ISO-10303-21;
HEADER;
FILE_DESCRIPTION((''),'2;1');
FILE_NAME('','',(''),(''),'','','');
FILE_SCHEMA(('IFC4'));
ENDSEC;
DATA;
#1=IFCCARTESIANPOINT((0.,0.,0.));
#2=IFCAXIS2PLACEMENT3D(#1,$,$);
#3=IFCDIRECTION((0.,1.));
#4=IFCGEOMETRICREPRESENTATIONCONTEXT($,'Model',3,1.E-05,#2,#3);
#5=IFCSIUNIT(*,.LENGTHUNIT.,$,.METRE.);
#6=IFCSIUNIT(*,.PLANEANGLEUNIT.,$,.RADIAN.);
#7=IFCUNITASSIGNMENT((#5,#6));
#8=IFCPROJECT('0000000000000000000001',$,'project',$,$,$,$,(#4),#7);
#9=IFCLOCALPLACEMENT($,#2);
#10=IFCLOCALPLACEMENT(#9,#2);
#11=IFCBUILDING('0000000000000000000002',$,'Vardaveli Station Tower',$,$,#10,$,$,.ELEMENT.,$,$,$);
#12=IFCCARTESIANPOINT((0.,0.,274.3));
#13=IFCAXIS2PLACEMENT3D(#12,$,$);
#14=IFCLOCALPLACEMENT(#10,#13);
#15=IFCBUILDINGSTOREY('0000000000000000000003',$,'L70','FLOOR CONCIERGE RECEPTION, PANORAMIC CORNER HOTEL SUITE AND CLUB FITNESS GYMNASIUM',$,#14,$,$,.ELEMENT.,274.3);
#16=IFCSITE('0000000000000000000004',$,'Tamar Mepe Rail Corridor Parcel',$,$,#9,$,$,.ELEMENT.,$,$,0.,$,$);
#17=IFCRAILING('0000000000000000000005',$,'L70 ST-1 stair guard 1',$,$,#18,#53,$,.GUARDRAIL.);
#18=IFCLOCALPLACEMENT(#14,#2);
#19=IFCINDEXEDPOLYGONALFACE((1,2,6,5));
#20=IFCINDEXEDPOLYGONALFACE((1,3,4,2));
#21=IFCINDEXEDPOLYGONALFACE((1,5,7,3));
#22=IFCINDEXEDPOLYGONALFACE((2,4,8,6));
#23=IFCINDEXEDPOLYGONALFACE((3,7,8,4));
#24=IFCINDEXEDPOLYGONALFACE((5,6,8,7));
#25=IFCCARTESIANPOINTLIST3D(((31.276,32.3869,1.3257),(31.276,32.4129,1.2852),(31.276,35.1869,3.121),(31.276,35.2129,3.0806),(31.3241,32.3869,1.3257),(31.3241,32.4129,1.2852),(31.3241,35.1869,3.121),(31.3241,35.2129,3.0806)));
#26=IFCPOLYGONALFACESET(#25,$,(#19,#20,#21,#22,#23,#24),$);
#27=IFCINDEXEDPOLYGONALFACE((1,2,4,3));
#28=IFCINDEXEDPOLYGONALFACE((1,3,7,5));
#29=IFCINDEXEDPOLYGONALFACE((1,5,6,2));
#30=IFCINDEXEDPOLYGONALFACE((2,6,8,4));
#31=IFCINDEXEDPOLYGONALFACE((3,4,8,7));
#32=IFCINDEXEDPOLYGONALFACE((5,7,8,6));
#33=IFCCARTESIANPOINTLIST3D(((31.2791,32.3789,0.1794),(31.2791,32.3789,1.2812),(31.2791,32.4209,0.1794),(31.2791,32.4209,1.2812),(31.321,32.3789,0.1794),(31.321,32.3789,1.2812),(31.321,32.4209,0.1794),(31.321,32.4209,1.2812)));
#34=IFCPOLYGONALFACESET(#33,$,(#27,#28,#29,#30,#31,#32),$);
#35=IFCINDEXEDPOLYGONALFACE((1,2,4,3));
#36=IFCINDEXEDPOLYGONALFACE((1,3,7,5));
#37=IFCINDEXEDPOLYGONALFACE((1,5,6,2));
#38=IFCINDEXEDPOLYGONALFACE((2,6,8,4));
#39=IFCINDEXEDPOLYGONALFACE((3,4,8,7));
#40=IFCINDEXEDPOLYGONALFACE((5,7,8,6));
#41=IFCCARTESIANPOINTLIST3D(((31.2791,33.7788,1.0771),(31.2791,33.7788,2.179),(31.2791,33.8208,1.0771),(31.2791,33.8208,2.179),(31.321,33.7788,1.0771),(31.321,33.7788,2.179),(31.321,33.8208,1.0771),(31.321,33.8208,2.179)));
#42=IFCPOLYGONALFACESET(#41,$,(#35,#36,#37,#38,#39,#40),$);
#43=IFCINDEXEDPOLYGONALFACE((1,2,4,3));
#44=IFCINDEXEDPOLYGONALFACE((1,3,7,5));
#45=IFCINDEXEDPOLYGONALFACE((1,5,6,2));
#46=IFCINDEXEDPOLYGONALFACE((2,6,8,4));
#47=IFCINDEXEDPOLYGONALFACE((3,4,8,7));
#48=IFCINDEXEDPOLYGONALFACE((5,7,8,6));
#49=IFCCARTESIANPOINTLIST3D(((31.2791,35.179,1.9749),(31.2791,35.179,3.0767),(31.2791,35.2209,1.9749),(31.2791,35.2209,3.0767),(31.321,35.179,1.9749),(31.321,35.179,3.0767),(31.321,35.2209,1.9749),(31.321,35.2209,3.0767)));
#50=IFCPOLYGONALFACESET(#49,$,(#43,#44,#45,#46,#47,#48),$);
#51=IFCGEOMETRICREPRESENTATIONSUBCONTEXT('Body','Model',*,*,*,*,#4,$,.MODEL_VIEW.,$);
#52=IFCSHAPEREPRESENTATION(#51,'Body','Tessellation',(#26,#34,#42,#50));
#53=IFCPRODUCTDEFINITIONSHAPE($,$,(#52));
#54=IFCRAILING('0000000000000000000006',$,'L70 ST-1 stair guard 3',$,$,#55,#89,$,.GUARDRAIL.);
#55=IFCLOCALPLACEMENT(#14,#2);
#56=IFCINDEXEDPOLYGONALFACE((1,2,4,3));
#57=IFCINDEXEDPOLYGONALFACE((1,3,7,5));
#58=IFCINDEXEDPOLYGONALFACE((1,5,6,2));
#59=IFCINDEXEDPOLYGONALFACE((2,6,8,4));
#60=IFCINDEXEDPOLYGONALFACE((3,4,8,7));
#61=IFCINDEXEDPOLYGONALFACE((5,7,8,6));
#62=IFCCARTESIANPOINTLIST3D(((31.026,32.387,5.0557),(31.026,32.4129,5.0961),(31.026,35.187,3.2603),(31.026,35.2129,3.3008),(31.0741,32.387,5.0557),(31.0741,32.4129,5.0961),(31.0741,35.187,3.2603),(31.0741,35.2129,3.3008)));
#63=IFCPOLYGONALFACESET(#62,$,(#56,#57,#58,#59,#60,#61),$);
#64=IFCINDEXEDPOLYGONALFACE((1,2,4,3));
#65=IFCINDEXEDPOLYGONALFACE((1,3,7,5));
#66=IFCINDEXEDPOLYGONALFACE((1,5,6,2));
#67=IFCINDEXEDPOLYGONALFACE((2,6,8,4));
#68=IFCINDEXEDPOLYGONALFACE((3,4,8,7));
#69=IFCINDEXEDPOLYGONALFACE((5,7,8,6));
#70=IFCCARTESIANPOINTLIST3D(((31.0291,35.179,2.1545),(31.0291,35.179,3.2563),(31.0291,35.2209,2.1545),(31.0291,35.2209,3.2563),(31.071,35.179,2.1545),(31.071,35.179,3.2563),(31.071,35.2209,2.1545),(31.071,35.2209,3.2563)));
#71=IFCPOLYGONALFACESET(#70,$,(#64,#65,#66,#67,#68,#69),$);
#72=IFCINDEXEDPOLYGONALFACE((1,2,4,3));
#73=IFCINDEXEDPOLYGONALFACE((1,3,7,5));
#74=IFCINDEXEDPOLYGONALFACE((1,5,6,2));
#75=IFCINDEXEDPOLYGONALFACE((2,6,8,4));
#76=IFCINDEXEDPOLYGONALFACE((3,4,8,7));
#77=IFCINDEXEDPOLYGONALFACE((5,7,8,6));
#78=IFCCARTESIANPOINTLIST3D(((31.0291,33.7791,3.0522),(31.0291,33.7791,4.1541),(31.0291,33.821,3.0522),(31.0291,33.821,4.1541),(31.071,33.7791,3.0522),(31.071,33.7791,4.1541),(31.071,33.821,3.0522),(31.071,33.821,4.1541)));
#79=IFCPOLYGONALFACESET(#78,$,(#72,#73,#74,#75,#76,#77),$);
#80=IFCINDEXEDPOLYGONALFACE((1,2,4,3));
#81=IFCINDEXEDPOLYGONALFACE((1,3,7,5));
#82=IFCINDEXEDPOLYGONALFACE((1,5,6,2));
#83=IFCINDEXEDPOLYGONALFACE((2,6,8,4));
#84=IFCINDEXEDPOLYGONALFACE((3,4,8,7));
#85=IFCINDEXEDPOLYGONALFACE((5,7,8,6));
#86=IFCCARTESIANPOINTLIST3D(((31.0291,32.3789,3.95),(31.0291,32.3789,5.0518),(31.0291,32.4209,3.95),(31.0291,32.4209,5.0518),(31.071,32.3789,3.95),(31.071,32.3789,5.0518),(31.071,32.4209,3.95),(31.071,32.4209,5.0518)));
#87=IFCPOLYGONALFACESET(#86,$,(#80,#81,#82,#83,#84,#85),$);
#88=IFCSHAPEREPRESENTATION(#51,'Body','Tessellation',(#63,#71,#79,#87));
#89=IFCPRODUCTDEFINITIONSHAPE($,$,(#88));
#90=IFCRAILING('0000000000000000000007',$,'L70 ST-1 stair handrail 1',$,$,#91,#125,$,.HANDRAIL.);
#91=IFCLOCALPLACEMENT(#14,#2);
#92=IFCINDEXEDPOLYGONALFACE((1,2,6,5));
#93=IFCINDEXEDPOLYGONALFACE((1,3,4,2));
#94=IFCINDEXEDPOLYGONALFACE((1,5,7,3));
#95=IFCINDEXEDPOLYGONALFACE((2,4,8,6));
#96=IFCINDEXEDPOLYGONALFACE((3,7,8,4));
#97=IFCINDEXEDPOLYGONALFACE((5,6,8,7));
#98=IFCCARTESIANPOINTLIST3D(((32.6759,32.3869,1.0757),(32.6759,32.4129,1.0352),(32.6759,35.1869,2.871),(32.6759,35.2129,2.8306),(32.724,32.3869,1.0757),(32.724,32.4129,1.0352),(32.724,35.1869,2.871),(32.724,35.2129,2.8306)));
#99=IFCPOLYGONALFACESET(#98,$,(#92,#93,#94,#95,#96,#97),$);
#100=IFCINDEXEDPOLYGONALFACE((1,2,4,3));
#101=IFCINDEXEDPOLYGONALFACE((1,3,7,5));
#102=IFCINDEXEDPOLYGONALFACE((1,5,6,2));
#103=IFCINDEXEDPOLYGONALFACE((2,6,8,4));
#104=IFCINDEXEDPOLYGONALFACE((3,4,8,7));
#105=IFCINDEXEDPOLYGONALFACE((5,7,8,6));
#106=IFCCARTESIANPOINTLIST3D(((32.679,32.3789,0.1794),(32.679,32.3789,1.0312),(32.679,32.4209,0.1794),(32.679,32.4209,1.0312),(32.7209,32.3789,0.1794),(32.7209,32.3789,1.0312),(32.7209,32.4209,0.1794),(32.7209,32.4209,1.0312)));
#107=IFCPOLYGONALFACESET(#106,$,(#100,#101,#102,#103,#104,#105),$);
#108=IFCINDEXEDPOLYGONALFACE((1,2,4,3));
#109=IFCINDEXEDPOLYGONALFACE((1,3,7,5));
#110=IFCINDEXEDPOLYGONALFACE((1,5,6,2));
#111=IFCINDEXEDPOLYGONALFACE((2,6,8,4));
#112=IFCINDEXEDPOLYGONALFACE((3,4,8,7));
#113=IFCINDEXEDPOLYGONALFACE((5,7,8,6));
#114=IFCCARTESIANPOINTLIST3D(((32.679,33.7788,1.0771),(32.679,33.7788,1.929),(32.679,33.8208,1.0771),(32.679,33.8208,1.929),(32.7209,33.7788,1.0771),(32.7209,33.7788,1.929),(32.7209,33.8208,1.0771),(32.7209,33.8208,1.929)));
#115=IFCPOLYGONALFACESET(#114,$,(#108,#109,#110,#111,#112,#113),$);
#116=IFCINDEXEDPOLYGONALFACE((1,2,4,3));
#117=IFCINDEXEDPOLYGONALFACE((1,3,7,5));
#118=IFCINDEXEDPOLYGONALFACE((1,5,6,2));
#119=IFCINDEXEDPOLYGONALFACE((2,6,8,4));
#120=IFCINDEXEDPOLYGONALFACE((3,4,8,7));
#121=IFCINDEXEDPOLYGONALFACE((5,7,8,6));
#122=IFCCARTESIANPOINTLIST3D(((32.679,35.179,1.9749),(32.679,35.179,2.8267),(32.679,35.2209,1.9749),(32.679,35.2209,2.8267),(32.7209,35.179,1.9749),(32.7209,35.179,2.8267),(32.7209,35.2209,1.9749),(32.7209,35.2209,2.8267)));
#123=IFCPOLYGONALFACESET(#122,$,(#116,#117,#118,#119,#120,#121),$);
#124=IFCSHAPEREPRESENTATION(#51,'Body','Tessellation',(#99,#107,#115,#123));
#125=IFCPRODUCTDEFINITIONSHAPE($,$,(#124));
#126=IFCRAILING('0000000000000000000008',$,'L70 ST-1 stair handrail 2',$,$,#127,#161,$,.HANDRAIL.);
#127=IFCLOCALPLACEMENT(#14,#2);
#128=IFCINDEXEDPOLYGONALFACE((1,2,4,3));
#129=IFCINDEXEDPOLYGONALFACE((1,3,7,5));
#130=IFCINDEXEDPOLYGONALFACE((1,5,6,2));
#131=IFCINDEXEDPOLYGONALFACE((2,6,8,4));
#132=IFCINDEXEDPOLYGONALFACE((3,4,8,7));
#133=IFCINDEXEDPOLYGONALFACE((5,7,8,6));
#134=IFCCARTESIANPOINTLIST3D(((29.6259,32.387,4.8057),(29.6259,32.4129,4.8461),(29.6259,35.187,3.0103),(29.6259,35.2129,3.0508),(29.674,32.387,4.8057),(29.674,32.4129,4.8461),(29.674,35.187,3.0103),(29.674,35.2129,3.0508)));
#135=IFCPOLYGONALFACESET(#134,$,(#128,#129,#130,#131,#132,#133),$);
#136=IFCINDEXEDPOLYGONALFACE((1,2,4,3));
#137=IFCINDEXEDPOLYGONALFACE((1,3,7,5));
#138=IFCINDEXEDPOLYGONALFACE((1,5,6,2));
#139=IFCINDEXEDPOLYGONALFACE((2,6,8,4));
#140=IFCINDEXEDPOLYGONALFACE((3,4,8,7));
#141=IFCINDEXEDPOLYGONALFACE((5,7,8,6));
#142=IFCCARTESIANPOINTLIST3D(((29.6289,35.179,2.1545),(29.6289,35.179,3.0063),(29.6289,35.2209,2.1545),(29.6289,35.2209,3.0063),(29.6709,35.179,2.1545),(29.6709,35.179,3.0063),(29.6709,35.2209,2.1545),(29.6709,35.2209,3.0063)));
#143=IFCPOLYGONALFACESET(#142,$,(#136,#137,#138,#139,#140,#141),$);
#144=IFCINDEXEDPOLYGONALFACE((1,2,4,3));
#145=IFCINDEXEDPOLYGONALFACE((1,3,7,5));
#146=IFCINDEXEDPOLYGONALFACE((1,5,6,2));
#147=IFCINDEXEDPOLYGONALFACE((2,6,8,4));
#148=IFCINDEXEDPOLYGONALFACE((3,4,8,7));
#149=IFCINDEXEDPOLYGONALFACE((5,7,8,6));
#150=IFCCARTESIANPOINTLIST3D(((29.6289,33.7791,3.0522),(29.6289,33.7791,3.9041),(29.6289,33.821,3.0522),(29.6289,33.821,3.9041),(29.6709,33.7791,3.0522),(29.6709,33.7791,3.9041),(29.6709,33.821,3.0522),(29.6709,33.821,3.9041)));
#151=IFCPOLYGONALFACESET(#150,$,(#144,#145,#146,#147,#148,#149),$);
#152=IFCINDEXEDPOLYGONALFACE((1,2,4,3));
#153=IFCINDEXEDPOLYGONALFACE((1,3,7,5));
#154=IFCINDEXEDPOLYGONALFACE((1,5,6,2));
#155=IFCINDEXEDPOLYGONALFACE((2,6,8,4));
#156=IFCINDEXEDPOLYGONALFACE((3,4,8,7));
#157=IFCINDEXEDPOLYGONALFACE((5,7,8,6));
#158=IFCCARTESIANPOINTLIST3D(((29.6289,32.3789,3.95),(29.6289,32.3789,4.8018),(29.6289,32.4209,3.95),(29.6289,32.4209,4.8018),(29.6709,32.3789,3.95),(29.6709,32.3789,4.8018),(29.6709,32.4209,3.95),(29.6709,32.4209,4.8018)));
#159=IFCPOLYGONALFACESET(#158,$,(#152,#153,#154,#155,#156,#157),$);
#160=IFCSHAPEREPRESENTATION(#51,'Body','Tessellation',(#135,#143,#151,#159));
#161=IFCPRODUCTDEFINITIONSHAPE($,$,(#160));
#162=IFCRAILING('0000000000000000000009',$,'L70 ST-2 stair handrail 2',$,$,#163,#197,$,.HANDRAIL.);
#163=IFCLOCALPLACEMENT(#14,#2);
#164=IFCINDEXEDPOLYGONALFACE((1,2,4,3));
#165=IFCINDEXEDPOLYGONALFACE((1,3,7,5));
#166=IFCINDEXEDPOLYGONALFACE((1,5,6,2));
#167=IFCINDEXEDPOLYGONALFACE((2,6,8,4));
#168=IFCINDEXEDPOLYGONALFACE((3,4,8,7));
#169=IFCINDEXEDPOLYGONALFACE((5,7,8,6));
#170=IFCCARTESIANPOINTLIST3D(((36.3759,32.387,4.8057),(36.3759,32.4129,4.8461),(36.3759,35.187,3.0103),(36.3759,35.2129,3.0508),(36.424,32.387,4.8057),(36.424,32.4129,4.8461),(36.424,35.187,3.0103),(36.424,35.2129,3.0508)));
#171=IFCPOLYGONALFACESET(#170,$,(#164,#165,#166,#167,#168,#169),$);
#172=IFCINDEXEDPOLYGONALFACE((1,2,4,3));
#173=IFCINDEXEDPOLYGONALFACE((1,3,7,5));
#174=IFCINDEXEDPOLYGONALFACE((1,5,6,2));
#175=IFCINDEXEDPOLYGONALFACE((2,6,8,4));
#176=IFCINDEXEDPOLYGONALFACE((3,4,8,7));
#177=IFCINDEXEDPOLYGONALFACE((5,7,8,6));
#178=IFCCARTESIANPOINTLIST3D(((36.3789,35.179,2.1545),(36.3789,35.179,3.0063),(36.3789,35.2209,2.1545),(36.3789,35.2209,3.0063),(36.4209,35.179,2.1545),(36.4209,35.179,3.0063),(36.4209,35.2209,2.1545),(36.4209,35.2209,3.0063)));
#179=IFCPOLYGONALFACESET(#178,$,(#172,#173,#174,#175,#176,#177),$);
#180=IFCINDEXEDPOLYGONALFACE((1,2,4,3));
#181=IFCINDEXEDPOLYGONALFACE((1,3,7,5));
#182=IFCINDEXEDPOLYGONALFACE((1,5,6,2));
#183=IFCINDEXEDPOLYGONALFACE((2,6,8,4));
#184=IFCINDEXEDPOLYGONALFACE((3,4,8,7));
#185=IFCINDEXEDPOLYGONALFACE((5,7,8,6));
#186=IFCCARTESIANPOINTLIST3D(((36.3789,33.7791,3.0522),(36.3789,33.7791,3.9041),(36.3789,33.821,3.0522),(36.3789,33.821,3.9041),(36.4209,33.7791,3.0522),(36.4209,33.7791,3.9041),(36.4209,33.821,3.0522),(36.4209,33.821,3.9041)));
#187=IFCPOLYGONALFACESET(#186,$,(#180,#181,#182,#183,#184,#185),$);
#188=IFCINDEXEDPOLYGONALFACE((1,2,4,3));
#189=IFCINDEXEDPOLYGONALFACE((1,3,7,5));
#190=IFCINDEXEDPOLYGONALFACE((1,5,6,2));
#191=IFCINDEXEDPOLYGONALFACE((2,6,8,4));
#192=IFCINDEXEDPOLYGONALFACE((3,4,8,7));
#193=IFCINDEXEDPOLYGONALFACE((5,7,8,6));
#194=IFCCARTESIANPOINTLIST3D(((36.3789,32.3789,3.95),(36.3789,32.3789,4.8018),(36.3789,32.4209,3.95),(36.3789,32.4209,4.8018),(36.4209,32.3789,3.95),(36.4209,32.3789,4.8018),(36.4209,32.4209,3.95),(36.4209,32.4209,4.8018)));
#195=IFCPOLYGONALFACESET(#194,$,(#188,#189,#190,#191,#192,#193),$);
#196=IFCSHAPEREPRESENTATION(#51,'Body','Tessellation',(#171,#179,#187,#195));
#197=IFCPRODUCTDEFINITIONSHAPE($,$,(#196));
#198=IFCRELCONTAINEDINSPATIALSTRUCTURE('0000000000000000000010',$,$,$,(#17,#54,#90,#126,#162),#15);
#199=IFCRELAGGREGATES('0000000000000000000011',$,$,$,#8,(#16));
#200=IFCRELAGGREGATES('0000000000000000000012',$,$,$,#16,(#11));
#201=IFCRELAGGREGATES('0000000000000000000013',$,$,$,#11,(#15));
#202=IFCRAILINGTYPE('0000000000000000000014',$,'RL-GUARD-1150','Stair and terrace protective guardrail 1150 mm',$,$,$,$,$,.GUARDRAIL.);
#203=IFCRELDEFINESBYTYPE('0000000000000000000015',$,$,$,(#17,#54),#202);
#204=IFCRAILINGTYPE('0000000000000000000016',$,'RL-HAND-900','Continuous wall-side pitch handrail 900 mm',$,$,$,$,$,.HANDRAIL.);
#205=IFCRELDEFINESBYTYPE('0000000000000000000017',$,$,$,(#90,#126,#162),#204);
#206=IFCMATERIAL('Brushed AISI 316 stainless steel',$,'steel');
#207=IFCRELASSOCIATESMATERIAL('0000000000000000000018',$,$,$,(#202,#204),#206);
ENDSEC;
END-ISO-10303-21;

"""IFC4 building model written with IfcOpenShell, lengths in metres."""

from ifc_helpers import new_model, si_unit, direction, frame, origin, origin_2d, place, context, subcontext, project, spatial, rectangle, extrude, source, transform, mapped, material, type_object, element, save


model = new_model("IFC4")

# Units and contexts
model_context = context("Model", 3, precision=1e-05, world=origin(), true_north=direction((0.0, 1.0)))
body_context = subcontext(model_context, "Body", "Model", "MODEL_VIEW")
ifc_project = project(units=[si_unit("LENGTHUNIT", "METRE"), si_unit("PLANEANGLEUNIT", "RADIAN")], contexts=[model_context])

# Site, building, storey
site_placement = place(None, origin())
site = spatial("IfcSite", under=ifc_project, at=site_placement, Name="Tamar Mepe Rail Corridor Parcel", CompositionType="ELEMENT", RefElevation=0.0)
building_placement = place(site_placement, origin())
building = spatial("IfcBuilding", under=site, at=building_placement, Name="Vardaveli Station Tower", CompositionType="ELEMENT")
storey_placement = place(building_placement, frame((0.0, 0.0, 274.3)))
storey = spatial("IfcBuildingStorey", under=building, at=storey_placement, Name="L70", Description="FLOOR CONCIERGE RECEPTION, PANORAMIC CORNER HOTEL SUITE AND CLUB FITNESS GYMNASIUM", CompositionType="ELEMENT", Elevation=274.3)

# Railings
ifc_material_1 = material(Name="Brushed AISI 316 stainless steel", Category="steel")
railing_type_1 = type_object("IfcRailingType", Name="RL-GUARD-1150", Description="Stair and terrace protective guardrail 1150 mm", PredefinedType="GUARDRAIL", material=ifc_material_1)
shared_shape_1 = source(origin(), body_context, "Body", "SweptSolid", [
    extrude(rectangle(XDim=0.0481, YDim=0.0481, at=origin_2d()), frame((0.0, 0.0, 1.126), z_axis=(0.0, 0.84181, 0.539774), x_axis=(-1.0, 0.0, 0.0)), (0.0, 0.0, 1.0), 3.3262),
    extrude(rectangle(XDim=0.042, YDim=0.042, at=origin_2d()), origin(), (0.0, 0.0, 1.0), 1.1018),
    extrude(rectangle(XDim=0.042, YDim=0.042, at=origin_2d()), frame((0.0, 1.3999, 0.8977)), (0.0, 0.0, 1.0), 1.1018),
    extrude(rectangle(XDim=0.042, YDim=0.042, at=origin_2d()), frame((0.0, 2.8, 1.7954)), (0.0, 0.0, 1.0), 1.1018),
])
railing_1_placement = place(storey_placement, frame((31.3, 32.3999, 0.1794)))
element("IfcRailing", 1, at=railing_1_placement, inside=storey, type_object=railing_type_1, Name="L70 ST-1 stair guard 1", PredefinedType="GUARDRAIL", context=body_context, shape_type="MappedRepresentation", body=[
    mapped(shared_shape_1, transform((0.0, 0.0, 0.0), scale=1.0)),
])
shared_shape_2 = source(origin(), body_context, "Body", "SweptSolid", [
    extrude(rectangle(XDim=0.0481, YDim=0.0481, at=origin_2d()), frame((0.0, 0.0, 1.126), z_axis=(0.0, -0.84181, 0.539774), x_axis=(1.0, 0.0, 0.0)), (0.0, 0.0, 1.0), 3.3262),
    extrude(rectangle(XDim=0.042, YDim=0.042, at=origin_2d()), origin(), (0.0, 0.0, 1.0), 1.1018),
    extrude(rectangle(XDim=0.042, YDim=0.042, at=origin_2d()), frame((0.0, -1.3999, 0.8977)), (0.0, 0.0, 1.0), 1.1018),
    extrude(rectangle(XDim=0.042, YDim=0.042, at=origin_2d()), frame((0.0, -2.8, 1.7954)), (0.0, 0.0, 1.0), 1.1018),
])
railing_2_placement = place(storey_placement, frame((31.05, 35.2, 2.1545)))
element("IfcRailing", 2, at=railing_2_placement, inside=storey, type_object=railing_type_1, Name="L70 ST-1 stair guard 3", PredefinedType="GUARDRAIL", context=body_context, shape_type="MappedRepresentation", body=[
    mapped(shared_shape_2, transform((0.0, 0.0, 0.0), scale=1.0)),
])
railing_type_2 = type_object("IfcRailingType", Name="RL-HAND-900", Description="Continuous wall-side pitch handrail 900 mm", PredefinedType="HANDRAIL", material=ifc_material_1)
shared_shape_3 = source(origin(), body_context, "Body", "SweptSolid", [
    extrude(rectangle(XDim=0.0481, YDim=0.0481, at=origin_2d()), frame((0.0, 0.0, 0.876), z_axis=(0.0, 0.84181, 0.539774), x_axis=(-1.0, 0.0, 0.0)), (0.0, 0.0, 1.0), 3.3262),
    extrude(rectangle(XDim=0.042, YDim=0.042, at=origin_2d()), origin(), (0.0, 0.0, 1.0), 0.8518),
    extrude(rectangle(XDim=0.042, YDim=0.042, at=origin_2d()), frame((0.0, 1.3999, 0.8977)), (0.0, 0.0, 1.0), 0.8518),
    extrude(rectangle(XDim=0.042, YDim=0.042, at=origin_2d()), frame((0.0, 2.8, 1.7954)), (0.0, 0.0, 1.0), 0.8518),
])
railing_3_placement = place(storey_placement, frame((32.7, 32.3999, 0.1794)))
element("IfcRailing", 3, at=railing_3_placement, inside=storey, type_object=railing_type_2, Name="L70 ST-1 stair handrail 1", PredefinedType="HANDRAIL", context=body_context, shape_type="MappedRepresentation", body=[
    mapped(shared_shape_3, transform((0.0, 0.0, 0.0), scale=1.0)),
])
shared_shape_4 = source(origin(), body_context, "Body", "SweptSolid", [
    extrude(rectangle(XDim=0.0481, YDim=0.0481, at=origin_2d()), frame((0.0, 0.0, 0.876), z_axis=(0.0, -0.84181, 0.539774), x_axis=(1.0, 0.0, 0.0)), (0.0, 0.0, 1.0), 3.3262),
    extrude(rectangle(XDim=0.042, YDim=0.042, at=origin_2d()), origin(), (0.0, 0.0, 1.0), 0.8518),
    extrude(rectangle(XDim=0.042, YDim=0.042, at=origin_2d()), frame((0.0, -1.3999, 0.8977)), (0.0, 0.0, 1.0), 0.8518),
    extrude(rectangle(XDim=0.042, YDim=0.042, at=origin_2d()), frame((0.0, -2.8, 1.7954)), (0.0, 0.0, 1.0), 0.8518),
])
for number, where, name in (
    (4, (29.6499, 35.2, 2.1545), "L70 ST-1 stair handrail 2"),
    (5, (36.3999, 35.2, 2.1545), "L70 ST-2 stair handrail 2"),
):
    element("IfcRailing", number, at=place(storey_placement, frame(where)), inside=storey, type_object=railing_type_2, Name=name, PredefinedType="HANDRAIL", context=body_context, shape_type="MappedRepresentation", body=[
        mapped(shared_shape_4, transform((0.0, 0.0, 0.0), scale=1.0)),
    ])

save(model, "model.ifc")
